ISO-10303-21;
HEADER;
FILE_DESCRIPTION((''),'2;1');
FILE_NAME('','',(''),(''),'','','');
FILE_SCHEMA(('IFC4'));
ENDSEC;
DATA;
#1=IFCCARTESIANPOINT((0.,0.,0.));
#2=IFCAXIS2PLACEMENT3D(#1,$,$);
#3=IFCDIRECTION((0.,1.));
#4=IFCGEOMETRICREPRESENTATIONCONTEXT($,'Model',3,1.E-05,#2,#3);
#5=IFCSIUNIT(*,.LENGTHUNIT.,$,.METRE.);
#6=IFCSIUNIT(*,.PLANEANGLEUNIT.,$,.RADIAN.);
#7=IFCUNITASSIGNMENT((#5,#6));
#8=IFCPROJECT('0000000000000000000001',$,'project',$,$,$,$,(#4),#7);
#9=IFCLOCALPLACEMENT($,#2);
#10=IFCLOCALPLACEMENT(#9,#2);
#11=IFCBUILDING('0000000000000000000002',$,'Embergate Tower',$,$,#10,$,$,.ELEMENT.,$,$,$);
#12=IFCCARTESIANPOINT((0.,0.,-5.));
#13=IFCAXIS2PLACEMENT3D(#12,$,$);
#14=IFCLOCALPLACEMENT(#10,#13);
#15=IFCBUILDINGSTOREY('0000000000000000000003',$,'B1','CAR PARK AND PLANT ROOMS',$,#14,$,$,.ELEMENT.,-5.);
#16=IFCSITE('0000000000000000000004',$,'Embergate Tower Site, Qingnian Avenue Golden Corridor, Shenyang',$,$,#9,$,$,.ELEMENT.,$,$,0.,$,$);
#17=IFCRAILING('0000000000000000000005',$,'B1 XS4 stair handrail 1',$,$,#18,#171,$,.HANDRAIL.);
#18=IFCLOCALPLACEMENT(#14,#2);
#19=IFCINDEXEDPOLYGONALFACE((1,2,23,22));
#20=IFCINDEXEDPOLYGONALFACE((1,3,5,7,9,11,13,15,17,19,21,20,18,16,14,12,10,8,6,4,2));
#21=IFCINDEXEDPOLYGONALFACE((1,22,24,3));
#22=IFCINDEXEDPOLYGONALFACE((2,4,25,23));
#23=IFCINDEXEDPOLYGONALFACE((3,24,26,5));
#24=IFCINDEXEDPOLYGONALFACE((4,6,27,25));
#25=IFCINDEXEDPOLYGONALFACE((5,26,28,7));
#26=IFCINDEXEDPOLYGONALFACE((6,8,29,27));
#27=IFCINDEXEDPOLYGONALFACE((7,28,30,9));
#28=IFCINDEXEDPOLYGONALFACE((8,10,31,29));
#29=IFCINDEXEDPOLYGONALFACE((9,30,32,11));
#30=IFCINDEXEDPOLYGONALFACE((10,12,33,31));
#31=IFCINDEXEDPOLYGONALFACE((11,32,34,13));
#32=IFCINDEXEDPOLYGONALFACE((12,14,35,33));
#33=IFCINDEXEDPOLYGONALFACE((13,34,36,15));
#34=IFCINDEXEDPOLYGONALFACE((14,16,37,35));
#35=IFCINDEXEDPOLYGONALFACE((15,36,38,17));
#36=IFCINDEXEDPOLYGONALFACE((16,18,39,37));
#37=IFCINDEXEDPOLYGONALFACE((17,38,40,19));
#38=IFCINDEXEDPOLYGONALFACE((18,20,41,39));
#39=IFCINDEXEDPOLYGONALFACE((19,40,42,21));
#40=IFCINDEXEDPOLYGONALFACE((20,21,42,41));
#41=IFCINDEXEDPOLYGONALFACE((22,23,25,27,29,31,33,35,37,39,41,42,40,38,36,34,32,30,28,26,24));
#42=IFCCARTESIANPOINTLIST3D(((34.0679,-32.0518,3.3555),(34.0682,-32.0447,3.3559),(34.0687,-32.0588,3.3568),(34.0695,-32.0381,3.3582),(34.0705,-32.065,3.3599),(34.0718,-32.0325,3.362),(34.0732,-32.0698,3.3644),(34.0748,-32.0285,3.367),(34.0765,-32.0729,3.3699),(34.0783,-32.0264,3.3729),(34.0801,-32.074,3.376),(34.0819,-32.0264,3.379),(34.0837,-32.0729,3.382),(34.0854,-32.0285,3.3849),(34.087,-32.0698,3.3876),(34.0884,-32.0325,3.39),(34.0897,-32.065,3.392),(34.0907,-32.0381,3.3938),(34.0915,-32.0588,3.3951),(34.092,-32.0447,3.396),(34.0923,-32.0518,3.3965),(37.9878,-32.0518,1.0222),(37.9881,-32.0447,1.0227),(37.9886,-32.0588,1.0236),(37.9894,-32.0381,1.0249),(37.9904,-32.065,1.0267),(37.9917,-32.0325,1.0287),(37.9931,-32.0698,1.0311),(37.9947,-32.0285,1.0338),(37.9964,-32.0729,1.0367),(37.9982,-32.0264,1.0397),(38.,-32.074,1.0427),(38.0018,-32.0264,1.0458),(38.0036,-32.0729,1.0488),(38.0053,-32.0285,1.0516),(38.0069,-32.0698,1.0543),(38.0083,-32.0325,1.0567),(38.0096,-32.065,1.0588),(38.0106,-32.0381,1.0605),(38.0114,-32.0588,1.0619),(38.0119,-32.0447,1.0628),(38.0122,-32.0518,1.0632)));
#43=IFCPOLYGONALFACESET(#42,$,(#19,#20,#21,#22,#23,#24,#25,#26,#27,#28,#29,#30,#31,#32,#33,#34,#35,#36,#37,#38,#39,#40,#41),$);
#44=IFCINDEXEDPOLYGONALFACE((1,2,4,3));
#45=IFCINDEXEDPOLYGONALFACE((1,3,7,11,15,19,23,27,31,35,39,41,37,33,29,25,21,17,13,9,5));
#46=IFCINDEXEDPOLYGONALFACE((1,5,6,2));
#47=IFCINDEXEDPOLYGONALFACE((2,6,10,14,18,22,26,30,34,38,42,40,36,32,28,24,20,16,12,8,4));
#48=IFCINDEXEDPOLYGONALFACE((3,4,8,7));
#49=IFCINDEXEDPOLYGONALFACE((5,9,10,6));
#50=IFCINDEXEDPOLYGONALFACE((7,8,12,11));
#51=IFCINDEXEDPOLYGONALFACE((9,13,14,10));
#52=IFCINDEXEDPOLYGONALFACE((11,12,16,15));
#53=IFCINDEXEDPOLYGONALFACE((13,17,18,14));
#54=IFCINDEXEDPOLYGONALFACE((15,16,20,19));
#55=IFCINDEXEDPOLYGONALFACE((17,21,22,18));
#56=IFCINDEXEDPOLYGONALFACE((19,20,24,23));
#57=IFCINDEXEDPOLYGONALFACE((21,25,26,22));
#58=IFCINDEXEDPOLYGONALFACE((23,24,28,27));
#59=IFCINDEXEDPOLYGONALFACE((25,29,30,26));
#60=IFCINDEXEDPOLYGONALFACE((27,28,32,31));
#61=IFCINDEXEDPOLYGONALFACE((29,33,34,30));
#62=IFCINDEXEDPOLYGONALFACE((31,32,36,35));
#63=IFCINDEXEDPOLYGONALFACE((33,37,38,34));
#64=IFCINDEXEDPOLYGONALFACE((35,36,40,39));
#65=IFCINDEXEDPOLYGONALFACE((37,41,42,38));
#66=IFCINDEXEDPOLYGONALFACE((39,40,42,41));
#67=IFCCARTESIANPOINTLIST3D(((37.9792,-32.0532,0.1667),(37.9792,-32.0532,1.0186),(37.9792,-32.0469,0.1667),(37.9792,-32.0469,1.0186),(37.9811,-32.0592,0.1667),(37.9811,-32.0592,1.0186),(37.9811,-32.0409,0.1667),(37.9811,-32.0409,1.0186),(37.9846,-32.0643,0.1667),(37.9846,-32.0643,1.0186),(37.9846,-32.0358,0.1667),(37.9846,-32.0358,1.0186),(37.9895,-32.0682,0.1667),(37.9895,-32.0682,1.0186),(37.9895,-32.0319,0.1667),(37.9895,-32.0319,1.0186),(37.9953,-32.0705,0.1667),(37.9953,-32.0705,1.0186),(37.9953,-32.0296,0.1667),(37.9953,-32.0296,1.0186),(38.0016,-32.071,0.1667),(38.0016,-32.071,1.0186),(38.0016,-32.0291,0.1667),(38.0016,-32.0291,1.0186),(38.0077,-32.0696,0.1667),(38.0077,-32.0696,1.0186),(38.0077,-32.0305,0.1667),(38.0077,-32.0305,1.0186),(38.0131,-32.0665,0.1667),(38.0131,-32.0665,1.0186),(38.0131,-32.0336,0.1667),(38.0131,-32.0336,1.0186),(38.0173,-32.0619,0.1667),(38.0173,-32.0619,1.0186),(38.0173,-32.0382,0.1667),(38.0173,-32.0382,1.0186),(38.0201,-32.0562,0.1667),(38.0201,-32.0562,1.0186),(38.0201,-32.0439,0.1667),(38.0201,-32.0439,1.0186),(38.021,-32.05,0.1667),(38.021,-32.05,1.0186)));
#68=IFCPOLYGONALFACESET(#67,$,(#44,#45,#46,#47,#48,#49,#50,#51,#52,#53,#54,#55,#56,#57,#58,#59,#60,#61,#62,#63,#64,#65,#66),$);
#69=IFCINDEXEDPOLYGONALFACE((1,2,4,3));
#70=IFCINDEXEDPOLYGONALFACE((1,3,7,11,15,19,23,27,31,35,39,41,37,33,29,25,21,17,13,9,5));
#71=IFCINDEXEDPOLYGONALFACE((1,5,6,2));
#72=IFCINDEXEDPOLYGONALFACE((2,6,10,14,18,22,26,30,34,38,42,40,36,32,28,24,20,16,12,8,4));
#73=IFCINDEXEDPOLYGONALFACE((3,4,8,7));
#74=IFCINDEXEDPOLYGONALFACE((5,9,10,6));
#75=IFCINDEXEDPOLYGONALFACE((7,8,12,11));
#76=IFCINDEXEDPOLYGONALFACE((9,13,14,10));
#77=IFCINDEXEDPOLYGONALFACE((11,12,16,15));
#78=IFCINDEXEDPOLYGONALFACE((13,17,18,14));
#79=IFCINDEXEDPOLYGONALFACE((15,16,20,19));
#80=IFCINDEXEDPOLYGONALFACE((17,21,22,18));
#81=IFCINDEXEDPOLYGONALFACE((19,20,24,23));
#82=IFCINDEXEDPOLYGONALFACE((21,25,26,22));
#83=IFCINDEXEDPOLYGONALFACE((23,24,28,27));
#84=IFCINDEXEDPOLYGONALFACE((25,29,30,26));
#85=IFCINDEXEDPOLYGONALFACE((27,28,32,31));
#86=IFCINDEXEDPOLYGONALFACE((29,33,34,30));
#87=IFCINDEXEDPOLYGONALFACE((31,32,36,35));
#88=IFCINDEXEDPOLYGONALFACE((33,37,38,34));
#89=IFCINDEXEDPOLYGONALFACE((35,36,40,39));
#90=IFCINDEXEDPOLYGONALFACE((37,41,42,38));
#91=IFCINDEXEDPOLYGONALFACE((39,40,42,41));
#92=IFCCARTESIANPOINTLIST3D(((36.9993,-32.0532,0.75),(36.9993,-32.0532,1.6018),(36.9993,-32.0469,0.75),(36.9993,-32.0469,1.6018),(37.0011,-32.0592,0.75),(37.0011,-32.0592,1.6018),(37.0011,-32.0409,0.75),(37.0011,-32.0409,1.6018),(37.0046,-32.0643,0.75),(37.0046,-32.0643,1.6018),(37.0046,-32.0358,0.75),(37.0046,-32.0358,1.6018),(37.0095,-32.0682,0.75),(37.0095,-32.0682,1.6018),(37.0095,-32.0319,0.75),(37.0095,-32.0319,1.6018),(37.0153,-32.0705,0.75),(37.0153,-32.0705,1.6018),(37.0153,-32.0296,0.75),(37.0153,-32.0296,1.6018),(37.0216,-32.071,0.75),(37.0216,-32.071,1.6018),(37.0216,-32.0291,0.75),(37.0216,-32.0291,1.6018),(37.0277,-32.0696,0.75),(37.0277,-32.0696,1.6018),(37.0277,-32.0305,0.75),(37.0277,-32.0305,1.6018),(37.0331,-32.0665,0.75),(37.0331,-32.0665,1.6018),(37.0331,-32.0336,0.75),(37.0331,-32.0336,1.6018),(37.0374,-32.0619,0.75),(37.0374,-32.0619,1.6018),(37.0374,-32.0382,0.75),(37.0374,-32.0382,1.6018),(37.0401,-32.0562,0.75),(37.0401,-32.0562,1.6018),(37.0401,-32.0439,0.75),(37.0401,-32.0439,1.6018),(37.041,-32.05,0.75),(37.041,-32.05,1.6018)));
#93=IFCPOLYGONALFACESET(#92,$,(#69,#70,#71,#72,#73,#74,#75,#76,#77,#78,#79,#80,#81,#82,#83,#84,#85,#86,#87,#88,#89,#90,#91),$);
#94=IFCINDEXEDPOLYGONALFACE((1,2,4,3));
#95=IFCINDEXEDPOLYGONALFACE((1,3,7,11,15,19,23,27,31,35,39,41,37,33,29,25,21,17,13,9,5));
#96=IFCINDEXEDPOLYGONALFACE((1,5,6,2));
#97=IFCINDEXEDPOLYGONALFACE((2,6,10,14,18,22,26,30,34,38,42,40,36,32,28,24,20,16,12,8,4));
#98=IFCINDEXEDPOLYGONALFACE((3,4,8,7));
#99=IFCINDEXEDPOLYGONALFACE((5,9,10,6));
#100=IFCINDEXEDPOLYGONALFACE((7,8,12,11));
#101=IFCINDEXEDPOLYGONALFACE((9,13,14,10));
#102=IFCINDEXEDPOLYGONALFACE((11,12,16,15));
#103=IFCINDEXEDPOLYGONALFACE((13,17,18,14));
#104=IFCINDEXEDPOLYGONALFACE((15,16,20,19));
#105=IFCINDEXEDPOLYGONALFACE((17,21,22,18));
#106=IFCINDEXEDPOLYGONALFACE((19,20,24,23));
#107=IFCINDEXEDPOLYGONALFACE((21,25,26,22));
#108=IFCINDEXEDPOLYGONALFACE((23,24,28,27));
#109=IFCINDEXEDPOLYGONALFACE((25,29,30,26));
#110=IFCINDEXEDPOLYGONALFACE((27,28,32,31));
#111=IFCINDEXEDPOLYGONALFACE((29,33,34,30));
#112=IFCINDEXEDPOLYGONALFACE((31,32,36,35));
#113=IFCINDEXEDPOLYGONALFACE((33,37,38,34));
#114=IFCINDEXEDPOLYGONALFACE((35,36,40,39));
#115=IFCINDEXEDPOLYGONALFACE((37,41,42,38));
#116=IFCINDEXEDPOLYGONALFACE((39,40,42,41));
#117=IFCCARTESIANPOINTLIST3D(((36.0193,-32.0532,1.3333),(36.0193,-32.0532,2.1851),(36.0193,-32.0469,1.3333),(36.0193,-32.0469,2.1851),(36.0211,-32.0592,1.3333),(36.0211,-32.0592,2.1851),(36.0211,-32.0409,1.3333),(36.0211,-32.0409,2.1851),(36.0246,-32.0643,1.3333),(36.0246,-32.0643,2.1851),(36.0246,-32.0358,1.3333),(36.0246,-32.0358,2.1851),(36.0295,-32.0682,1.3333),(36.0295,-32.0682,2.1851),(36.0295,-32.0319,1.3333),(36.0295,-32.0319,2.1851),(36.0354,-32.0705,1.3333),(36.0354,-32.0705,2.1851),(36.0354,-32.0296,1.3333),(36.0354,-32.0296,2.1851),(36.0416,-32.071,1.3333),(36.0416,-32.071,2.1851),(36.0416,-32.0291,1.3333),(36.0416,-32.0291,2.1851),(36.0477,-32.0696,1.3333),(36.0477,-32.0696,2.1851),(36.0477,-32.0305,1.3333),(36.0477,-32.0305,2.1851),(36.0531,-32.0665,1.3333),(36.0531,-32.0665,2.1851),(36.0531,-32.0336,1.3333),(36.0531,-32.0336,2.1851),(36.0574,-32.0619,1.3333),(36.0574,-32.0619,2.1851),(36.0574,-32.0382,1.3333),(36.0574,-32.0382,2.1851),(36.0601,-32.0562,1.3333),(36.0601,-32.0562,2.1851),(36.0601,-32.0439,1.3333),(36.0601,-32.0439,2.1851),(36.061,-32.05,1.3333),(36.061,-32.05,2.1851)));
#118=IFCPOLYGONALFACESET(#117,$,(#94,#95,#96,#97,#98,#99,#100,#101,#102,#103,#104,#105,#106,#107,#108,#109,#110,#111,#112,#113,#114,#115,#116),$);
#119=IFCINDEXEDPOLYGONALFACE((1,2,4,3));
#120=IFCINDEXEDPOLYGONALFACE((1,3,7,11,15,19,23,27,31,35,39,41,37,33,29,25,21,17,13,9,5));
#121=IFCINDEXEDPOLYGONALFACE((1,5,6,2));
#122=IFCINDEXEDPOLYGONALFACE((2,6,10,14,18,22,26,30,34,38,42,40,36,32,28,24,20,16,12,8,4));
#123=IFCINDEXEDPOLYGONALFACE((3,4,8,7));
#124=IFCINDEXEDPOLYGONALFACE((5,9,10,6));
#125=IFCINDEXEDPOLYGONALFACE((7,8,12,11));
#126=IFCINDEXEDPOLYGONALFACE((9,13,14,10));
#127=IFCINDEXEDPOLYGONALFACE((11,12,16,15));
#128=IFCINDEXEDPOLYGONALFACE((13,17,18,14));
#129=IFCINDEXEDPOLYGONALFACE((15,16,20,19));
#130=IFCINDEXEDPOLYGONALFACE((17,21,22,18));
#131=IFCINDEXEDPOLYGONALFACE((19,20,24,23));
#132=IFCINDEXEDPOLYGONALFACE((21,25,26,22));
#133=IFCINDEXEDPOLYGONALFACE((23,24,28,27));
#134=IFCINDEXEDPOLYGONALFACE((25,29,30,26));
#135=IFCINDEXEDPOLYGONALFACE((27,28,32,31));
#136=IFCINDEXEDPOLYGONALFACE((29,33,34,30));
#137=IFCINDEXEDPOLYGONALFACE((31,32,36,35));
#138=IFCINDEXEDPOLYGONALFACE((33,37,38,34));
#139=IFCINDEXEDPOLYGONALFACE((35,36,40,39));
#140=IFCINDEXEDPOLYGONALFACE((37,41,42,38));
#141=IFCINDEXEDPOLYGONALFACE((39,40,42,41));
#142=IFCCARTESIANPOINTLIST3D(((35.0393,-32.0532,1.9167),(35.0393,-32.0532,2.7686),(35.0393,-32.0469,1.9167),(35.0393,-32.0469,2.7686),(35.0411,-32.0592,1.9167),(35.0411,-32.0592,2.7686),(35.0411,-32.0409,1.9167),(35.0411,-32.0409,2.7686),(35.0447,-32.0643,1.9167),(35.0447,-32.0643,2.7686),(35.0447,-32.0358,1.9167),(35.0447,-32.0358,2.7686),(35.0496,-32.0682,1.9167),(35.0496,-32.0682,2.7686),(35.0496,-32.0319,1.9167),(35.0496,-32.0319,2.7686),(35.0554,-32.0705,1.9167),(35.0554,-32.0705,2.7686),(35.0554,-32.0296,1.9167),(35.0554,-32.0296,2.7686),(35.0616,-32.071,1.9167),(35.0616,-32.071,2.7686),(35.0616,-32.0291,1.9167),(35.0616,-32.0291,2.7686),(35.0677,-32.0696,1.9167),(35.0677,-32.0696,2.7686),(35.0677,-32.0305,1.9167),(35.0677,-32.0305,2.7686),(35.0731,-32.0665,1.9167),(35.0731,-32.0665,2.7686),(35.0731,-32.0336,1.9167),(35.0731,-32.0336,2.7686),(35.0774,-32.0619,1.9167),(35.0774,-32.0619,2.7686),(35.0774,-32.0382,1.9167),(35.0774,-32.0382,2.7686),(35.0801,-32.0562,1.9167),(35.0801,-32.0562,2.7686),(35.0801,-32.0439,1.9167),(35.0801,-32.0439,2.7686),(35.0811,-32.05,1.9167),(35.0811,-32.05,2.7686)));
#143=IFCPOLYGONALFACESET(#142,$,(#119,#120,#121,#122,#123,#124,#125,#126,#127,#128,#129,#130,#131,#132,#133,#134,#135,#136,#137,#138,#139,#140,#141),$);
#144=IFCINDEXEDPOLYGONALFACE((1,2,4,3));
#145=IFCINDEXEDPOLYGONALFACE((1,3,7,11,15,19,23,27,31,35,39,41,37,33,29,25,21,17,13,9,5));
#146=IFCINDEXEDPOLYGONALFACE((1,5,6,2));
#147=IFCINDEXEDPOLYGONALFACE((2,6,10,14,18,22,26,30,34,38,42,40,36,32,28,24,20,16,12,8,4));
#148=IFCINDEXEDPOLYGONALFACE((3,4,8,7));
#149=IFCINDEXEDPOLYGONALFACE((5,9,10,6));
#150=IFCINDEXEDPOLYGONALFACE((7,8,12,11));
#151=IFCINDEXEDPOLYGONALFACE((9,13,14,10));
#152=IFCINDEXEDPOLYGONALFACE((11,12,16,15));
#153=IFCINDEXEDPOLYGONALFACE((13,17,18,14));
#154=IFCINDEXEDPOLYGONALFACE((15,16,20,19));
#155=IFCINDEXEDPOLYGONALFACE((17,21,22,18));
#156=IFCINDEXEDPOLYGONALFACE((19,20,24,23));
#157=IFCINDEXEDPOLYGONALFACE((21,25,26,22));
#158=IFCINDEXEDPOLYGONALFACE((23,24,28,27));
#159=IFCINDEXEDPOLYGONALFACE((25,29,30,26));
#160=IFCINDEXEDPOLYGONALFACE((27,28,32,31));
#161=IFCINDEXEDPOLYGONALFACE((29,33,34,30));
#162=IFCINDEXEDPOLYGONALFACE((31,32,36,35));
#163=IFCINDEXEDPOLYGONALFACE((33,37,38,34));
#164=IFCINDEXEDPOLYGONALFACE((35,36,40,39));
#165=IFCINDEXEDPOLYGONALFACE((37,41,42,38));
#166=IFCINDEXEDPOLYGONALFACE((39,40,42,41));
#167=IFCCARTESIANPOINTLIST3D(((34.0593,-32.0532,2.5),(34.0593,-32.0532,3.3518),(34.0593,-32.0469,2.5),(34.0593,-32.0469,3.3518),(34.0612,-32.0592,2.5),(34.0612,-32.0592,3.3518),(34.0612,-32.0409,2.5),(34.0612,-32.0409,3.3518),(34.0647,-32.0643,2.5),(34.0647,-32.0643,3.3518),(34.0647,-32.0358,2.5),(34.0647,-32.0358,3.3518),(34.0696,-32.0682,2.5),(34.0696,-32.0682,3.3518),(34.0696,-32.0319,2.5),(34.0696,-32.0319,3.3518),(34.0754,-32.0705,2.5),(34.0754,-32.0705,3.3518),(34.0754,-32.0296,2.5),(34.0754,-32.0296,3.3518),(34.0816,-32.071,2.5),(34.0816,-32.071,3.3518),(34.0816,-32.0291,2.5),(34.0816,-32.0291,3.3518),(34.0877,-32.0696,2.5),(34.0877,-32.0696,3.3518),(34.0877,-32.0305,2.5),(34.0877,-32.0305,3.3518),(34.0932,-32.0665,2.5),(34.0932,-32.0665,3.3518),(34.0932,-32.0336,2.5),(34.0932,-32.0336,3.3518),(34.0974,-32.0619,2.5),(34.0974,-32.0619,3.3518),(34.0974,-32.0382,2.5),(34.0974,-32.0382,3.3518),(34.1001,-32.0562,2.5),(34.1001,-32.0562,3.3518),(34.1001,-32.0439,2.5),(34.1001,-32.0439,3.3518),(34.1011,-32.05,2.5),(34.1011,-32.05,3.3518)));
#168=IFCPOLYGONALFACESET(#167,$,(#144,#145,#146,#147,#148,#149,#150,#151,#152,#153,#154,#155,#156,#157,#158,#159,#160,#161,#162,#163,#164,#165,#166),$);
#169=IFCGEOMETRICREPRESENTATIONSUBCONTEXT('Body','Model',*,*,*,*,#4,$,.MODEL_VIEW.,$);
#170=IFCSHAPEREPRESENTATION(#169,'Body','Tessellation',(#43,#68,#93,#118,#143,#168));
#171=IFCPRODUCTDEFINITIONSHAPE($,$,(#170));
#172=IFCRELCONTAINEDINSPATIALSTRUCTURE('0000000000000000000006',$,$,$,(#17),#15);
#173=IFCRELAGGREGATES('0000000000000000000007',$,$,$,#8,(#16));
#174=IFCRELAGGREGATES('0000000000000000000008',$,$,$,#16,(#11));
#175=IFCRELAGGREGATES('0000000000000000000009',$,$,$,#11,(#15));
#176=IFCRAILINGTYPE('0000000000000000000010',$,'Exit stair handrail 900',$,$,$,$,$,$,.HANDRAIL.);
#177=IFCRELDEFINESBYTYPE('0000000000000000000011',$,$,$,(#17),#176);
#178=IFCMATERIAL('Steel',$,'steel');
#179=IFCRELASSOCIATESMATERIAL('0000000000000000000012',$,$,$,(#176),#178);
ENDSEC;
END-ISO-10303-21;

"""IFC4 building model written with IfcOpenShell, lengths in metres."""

from ifc_helpers import new_model, si_unit, direction, frame, origin, origin_2d, place, context, subcontext, project, spatial, circle, extrude, source, transform, mapped, material, type_object, element, save


model = new_model("IFC4")

# Units and contexts
model_context = context("Model", 3, precision=1e-05, world=origin(), true_north=direction((0.0, 1.0)))
body_context = subcontext(model_context, "Body", "Model", "MODEL_VIEW")
ifc_project = project(units=[si_unit("LENGTHUNIT", "METRE"), si_unit("PLANEANGLEUNIT", "RADIAN")], contexts=[model_context])

# Site, building, storey
site_placement = place(None, origin())
site = spatial("IfcSite", under=ifc_project, at=site_placement, Name="Embergate Tower Site, Qingnian Avenue Golden Corridor, Shenyang", CompositionType="ELEMENT", RefElevation=0.0)
building_placement = place(site_placement, origin())
building = spatial("IfcBuilding", under=site, at=building_placement, Name="Embergate Tower", CompositionType="ELEMENT")
storey_placement = place(building_placement, frame((0.0, 0.0, -5.0)))
storey = spatial("IfcBuildingStorey", under=building, at=storey_placement, Name="B1", Description="CAR PARK AND PLANT ROOMS", CompositionType="ELEMENT", Elevation=-5.0)

# Railing
ifc_material_1 = material(Name="Steel", Category="steel")
railing_type_1 = type_object("IfcRailingType", Name="Exit stair handrail 900", PredefinedType="HANDRAIL", material=ifc_material_1)
shared_shape_1 = source(origin(), body_context, "Body", "SweptSolid", [
    extrude(circle(Radius=0.0239, at=origin_2d()), frame((0.0, 0.0, 0.876), z_axis=(-0.859296, 0.0, 0.511478), x_axis=(0.0, -1.0, 0.0)), (0.0, 0.0, 1.0), 4.5618),
    extrude(circle(Radius=0.021, at=origin_2d()), origin(), (0.0, 0.0, 1.0), 0.8518),
    extrude(circle(Radius=0.021, at=origin_2d()), frame((-0.98, 0.0, 0.5833)), (0.0, 0.0, 1.0), 0.8518),
    extrude(circle(Radius=0.021, at=origin_2d()), frame((-1.96, 0.0, 1.1665)), (0.0, 0.0, 1.0), 0.8518),
    extrude(circle(Radius=0.021, at=origin_2d()), frame((-2.9399, 0.0, 1.75)), (0.0, 0.0, 1.0), 0.8518),
    extrude(circle(Radius=0.021, at=origin_2d()), frame((-3.9199, 0.0, 2.3333)), (0.0, 0.0, 1.0), 0.8518),
])
railing_1_placement = place(storey_placement, frame((38.0, -32.05, 0.1667)))
element("IfcRailing", 1, at=railing_1_placement, inside=storey, type_object=railing_type_1, Name="B1 XS4 stair handrail 1", PredefinedType="HANDRAIL", context=body_context, shape_type="MappedRepresentation", body=[
    mapped(shared_shape_1, transform((0.0, 0.0, 0.0))),
])

save(model, "model.ifc")
